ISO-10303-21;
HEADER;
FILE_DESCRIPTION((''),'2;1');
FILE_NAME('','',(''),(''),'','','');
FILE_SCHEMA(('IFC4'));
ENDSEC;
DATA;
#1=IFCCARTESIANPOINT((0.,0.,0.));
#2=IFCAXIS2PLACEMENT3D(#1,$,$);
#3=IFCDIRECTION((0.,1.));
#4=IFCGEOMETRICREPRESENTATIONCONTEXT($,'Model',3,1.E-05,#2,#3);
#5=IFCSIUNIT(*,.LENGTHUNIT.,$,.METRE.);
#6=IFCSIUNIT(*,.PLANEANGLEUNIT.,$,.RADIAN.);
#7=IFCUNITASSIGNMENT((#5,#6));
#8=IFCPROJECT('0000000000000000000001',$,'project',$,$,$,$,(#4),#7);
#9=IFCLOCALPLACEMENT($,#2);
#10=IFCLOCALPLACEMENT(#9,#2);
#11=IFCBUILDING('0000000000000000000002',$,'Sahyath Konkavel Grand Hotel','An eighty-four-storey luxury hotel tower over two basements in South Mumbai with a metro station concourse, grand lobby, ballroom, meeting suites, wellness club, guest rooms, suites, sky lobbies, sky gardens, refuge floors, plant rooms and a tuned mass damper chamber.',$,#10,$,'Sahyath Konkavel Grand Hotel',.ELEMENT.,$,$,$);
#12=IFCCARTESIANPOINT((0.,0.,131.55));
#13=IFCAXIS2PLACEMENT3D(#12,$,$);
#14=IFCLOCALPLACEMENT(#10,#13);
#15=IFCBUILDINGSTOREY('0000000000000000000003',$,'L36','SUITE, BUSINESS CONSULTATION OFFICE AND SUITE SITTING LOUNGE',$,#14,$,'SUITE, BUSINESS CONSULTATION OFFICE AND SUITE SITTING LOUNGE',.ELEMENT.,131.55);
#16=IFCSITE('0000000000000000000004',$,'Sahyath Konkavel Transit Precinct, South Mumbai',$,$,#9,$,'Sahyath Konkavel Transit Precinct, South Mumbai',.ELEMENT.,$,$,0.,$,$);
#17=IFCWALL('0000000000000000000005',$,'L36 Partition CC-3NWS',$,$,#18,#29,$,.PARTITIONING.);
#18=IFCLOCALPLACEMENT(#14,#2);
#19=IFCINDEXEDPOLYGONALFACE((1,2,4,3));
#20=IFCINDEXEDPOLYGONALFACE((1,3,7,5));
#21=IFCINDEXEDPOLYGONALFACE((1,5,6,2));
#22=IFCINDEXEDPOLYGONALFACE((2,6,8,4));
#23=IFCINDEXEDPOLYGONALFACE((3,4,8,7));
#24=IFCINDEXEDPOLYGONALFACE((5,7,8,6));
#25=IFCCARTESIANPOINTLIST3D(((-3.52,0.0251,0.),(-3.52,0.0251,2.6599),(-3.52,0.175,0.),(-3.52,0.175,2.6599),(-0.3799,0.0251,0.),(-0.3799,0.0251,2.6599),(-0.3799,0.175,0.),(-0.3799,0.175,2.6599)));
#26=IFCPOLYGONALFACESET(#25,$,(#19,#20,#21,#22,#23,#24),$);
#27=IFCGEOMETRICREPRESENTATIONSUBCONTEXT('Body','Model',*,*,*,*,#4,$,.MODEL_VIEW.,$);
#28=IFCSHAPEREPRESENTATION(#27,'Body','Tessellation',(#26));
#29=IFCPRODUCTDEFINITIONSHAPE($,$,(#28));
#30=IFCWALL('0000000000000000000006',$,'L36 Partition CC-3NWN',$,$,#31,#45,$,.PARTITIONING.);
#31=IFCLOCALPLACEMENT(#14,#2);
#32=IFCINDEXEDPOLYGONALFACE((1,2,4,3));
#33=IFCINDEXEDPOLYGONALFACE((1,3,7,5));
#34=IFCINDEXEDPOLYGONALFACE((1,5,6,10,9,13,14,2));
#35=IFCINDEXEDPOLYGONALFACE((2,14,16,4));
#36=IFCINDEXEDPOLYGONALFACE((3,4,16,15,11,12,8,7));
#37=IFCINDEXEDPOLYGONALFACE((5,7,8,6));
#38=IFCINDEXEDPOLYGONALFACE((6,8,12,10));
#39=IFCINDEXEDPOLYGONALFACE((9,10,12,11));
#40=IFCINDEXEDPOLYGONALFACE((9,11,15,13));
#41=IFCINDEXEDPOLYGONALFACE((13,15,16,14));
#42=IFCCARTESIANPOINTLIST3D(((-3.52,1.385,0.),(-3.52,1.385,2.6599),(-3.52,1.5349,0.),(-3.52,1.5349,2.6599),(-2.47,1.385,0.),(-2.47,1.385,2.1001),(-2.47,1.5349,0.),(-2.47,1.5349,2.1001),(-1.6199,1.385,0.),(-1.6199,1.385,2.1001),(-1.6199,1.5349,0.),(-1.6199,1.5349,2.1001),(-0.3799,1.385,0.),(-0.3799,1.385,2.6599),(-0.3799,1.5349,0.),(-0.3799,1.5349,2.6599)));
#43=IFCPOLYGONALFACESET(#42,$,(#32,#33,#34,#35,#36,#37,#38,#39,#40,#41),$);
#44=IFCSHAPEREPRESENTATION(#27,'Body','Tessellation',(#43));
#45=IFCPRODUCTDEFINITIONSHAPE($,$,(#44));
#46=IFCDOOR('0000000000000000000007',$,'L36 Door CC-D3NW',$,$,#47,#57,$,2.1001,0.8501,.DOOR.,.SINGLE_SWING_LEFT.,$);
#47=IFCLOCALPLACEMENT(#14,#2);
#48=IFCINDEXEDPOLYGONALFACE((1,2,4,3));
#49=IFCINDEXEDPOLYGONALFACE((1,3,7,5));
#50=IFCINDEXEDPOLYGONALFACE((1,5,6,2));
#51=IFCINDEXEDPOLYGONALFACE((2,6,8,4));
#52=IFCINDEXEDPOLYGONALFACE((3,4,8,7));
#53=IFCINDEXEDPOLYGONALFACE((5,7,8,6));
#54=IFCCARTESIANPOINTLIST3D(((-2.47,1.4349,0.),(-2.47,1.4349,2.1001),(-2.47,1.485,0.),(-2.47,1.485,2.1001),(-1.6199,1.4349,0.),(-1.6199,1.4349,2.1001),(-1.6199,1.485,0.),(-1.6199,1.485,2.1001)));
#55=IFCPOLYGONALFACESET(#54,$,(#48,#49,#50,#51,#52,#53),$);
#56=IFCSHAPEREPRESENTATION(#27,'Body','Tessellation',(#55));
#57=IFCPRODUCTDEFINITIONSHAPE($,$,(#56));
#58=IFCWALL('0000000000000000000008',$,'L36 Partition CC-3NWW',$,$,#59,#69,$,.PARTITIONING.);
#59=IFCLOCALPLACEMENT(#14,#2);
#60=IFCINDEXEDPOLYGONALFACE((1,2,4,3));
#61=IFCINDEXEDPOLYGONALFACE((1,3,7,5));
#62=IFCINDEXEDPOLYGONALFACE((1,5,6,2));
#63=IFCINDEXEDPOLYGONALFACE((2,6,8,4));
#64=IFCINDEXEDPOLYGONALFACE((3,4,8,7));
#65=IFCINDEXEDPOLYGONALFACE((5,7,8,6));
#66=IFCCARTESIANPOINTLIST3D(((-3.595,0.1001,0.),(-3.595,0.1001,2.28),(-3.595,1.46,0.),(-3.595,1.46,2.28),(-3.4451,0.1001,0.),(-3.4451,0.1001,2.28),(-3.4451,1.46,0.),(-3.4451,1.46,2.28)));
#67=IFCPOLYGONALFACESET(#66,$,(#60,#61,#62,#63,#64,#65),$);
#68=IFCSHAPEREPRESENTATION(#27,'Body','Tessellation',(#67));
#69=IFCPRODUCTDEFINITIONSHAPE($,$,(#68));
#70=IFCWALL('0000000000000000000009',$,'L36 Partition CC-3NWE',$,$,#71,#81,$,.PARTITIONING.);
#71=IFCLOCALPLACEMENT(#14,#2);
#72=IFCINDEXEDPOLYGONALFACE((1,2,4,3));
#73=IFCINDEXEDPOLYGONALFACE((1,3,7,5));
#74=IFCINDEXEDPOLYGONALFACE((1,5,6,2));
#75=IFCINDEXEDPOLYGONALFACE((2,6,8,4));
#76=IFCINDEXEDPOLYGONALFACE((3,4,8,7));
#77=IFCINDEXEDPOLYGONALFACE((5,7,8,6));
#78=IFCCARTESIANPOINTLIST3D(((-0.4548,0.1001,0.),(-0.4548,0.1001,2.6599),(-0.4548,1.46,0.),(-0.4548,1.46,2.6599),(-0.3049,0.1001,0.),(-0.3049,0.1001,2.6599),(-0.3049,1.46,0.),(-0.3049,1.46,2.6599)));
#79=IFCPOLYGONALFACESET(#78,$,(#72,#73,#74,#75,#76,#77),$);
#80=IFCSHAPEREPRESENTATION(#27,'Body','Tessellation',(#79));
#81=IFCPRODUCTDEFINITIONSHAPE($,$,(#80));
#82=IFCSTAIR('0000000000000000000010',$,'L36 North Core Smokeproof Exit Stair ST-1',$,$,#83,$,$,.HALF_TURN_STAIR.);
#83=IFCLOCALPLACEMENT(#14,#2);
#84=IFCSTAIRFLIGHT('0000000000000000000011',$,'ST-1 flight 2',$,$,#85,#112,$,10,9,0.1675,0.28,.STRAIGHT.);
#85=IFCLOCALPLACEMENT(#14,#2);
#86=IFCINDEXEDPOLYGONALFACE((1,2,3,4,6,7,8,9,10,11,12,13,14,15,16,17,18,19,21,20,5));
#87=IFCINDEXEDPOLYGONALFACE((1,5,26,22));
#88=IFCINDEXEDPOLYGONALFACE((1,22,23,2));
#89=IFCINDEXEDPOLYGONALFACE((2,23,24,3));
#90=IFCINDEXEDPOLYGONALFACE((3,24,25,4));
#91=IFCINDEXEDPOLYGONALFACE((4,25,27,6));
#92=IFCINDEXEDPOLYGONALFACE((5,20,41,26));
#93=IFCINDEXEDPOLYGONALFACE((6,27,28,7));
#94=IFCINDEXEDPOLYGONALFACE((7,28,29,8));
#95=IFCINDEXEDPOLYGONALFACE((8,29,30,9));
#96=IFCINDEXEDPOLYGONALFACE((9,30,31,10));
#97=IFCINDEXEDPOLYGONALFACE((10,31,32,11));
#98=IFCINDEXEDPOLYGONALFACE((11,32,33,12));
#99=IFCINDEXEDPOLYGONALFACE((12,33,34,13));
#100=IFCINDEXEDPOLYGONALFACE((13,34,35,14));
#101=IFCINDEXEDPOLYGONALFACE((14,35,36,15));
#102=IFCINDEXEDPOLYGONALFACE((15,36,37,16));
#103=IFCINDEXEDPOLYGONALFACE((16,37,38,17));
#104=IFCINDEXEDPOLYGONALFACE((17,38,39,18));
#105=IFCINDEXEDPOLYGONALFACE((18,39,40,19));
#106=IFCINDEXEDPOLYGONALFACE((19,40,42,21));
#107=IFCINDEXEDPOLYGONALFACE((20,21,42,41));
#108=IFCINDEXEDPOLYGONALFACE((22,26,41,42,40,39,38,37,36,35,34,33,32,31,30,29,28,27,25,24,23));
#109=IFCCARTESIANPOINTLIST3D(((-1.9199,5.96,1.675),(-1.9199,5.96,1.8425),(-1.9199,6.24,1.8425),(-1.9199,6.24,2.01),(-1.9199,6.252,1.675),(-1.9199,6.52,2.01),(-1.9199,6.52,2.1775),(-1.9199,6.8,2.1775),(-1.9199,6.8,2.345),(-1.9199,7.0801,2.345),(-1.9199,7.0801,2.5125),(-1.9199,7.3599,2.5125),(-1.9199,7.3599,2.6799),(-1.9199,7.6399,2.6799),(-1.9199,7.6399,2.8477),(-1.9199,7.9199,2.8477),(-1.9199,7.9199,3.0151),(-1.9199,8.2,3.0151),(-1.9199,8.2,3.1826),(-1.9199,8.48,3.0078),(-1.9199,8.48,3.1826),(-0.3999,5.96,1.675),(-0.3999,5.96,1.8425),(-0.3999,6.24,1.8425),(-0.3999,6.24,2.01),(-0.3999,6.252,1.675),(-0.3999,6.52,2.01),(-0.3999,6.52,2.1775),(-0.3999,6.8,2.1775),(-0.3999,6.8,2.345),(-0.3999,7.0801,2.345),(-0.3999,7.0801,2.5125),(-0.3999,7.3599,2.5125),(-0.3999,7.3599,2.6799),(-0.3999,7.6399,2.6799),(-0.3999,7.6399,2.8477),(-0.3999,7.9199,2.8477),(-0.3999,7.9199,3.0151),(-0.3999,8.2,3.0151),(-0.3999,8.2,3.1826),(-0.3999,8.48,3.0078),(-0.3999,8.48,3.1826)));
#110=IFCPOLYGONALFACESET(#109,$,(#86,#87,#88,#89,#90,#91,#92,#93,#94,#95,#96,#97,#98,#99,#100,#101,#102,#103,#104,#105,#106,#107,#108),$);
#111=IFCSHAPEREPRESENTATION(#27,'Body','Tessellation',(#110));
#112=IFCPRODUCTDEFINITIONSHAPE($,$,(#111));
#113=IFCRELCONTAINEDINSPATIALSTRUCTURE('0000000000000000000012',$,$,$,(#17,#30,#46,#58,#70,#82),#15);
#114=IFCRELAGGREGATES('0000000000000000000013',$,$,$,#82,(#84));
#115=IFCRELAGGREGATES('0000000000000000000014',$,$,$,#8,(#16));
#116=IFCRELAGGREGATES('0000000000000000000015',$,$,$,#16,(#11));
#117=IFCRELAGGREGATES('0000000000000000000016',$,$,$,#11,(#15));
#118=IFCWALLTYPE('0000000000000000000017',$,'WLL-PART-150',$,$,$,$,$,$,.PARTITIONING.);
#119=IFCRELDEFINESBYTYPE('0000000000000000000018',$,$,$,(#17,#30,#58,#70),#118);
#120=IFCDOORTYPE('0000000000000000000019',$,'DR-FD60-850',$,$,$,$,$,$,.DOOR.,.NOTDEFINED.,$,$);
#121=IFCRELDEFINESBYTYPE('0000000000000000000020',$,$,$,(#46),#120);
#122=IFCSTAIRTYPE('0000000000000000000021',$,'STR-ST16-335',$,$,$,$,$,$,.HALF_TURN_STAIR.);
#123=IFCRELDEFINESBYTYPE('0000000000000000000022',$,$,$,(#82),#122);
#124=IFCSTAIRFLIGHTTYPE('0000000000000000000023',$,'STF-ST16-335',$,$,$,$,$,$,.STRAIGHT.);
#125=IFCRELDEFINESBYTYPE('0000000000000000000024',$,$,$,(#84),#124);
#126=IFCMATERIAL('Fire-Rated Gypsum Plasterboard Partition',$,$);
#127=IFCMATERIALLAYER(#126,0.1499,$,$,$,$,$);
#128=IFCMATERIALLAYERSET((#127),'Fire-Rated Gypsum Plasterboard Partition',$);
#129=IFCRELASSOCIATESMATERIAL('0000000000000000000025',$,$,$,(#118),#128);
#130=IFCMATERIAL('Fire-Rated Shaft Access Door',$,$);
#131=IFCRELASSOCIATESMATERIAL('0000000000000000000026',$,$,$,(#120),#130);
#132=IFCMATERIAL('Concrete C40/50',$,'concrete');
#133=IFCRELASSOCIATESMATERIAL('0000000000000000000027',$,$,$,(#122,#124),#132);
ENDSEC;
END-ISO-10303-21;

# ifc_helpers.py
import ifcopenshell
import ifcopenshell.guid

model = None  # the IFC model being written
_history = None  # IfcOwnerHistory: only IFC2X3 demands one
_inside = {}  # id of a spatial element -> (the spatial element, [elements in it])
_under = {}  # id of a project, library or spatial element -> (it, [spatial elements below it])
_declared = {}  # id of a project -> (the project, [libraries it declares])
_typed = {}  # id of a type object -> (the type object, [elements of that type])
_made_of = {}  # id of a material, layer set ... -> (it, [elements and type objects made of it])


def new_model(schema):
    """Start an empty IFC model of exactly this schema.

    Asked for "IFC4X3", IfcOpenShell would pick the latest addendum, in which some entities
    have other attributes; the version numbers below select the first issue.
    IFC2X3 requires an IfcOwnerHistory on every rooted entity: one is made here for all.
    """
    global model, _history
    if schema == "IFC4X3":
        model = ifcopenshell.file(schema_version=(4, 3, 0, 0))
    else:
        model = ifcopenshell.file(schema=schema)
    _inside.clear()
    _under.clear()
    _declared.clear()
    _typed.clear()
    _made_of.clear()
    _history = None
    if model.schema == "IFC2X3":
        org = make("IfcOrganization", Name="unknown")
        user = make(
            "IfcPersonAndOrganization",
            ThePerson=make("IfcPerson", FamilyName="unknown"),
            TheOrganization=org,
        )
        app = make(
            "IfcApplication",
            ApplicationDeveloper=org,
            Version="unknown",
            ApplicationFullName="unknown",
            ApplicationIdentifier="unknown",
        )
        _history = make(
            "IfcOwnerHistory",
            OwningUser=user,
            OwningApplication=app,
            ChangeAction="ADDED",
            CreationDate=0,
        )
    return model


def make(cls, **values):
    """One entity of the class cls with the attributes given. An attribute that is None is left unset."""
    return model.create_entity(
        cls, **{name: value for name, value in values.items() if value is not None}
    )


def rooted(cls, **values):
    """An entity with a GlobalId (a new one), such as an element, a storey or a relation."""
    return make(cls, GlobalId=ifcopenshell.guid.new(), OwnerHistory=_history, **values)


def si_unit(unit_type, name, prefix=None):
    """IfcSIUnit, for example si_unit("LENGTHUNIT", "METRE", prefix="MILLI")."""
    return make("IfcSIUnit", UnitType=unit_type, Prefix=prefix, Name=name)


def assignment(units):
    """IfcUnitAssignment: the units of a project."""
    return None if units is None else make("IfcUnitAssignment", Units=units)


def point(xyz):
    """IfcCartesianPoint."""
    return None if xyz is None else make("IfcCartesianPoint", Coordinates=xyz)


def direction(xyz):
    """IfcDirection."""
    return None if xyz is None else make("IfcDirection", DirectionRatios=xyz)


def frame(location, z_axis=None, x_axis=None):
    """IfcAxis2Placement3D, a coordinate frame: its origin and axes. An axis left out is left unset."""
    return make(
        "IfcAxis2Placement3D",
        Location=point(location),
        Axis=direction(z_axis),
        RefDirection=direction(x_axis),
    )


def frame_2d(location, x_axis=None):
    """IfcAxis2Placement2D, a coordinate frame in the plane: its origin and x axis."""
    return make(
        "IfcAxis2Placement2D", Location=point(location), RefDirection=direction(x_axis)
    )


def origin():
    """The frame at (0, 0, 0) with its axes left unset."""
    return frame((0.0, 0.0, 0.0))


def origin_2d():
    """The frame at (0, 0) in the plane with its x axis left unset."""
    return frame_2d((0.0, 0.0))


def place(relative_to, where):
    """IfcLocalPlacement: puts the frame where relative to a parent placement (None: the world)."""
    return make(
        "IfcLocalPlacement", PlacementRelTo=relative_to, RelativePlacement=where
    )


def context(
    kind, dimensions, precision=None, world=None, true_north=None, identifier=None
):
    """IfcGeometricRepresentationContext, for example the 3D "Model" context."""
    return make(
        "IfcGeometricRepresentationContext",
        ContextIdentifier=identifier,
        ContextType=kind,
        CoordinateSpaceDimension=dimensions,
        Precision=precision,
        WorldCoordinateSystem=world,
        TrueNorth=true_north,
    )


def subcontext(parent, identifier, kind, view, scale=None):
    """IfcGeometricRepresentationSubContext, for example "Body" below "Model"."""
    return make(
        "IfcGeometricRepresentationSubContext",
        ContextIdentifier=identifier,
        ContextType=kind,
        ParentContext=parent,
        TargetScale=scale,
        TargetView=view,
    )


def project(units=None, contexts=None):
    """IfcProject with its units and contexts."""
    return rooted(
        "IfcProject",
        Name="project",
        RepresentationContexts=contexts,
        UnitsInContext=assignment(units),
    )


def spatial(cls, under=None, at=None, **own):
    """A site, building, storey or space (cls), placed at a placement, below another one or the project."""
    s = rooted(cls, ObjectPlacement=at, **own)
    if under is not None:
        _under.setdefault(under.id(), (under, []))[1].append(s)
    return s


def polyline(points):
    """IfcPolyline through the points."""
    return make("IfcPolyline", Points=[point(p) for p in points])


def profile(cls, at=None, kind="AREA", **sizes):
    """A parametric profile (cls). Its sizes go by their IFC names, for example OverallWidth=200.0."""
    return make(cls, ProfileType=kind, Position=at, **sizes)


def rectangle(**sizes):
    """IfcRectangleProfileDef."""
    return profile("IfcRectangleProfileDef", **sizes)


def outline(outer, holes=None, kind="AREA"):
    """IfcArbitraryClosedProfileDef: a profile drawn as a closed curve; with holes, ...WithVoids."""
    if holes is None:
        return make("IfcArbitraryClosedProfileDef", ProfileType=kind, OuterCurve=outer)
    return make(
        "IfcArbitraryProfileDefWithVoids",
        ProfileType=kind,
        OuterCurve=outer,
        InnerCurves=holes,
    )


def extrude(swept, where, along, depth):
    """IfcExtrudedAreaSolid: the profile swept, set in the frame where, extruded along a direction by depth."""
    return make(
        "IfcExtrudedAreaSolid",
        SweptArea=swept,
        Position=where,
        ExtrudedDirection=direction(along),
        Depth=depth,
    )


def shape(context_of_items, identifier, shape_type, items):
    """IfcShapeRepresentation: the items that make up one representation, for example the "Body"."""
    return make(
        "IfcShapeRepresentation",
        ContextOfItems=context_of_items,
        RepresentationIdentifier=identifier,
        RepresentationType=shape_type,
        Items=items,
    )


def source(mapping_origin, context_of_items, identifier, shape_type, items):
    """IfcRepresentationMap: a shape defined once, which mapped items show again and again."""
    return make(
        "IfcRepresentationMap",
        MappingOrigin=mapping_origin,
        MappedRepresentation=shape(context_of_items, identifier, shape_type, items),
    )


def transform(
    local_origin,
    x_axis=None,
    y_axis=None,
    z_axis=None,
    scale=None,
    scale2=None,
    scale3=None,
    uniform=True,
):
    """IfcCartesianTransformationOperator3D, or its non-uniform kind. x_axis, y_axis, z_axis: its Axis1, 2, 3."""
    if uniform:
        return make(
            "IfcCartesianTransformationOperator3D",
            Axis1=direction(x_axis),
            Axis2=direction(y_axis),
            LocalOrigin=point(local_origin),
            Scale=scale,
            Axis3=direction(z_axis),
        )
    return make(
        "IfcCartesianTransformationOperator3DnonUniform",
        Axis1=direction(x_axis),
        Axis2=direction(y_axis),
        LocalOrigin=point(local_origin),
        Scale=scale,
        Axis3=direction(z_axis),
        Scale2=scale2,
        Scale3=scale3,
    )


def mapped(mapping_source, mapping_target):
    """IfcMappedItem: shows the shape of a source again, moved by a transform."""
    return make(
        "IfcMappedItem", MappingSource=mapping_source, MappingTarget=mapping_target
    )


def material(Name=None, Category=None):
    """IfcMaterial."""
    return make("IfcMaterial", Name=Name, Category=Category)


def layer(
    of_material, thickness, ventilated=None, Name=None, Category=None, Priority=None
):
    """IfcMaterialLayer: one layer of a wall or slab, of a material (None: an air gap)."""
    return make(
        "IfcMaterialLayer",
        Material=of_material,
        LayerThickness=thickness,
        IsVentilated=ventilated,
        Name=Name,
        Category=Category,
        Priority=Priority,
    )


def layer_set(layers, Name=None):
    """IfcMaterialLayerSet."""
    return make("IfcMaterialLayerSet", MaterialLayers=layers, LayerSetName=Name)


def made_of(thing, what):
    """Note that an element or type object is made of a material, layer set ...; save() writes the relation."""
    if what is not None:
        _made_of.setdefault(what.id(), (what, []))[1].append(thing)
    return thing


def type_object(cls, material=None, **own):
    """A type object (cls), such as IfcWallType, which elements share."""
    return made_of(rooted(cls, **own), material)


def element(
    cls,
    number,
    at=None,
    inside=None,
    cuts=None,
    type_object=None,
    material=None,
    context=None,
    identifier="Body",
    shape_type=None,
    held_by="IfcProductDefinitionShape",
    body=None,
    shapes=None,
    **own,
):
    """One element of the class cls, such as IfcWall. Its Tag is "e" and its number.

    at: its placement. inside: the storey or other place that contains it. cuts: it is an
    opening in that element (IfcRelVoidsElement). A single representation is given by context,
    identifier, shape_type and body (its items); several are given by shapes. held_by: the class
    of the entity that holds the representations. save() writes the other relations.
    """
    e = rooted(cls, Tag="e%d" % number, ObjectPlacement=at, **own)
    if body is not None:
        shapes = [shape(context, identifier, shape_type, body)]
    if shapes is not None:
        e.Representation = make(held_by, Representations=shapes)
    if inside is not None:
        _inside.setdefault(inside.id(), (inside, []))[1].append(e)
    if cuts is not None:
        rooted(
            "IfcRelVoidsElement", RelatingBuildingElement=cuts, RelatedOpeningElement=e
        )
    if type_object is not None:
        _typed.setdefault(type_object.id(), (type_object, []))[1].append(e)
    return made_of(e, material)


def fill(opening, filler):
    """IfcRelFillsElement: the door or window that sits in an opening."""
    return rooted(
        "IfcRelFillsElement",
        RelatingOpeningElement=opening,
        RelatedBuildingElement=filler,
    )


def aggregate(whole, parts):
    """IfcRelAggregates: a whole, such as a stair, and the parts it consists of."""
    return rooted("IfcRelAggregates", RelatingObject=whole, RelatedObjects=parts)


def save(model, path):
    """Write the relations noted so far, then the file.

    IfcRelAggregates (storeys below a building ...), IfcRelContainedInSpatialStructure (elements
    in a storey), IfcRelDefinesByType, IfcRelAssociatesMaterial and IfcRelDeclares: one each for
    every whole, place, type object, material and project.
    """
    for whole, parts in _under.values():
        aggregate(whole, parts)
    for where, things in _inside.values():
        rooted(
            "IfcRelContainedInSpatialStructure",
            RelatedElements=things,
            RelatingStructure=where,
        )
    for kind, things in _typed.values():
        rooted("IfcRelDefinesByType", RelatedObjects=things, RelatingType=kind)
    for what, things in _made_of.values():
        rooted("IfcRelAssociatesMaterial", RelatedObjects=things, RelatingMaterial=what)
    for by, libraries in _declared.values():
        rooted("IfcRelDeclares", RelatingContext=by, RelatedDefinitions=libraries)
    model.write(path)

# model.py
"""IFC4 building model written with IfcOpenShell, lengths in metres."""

from ifc_helpers import new_model, si_unit, direction, frame, frame_2d, origin, origin_2d, place, context, subcontext, project, spatial, polyline, rectangle, outline, extrude, source, transform, mapped, material, layer, layer_set, type_object, element, fill, aggregate, save


model = new_model("IFC4")

# Units and contexts
model_context = context("Model", 3, precision=1e-05, world=origin(), true_north=direction((0.0, 1.0)))
body_context = subcontext(model_context, "Body", "Model", "MODEL_VIEW")
ifc_project = project(units=[si_unit("LENGTHUNIT", "METRE"), si_unit("PLANEANGLEUNIT", "RADIAN")], contexts=[model_context])

# Site, building, storey
site_placement = place(None, origin())
site = spatial("IfcSite", under=ifc_project, at=site_placement, Name="Sahyath Konkavel Transit Precinct, South Mumbai", LongName="Sahyath Konkavel Transit Precinct, South Mumbai", CompositionType="ELEMENT", RefElevation=0.0)
building_placement = place(site_placement, origin())
building = spatial("IfcBuilding", under=site, at=building_placement, Name="Sahyath Konkavel Grand Hotel", Description="An eighty-four-storey luxury hotel tower over two basements in South Mumbai with a metro station concourse, grand lobby, ballroom, meeting suites, wellness club, guest rooms, suites, sky lobbies, sky gardens, refuge floors, plant rooms and a tuned mass damper chamber.", LongName="Sahyath Konkavel Grand Hotel", CompositionType="ELEMENT")
storey_placement = place(building_placement, frame((0.0, 0.0, 131.55)))
storey = spatial("IfcBuildingStorey", under=building, at=storey_placement, Name="L36", Description="SUITE, BUSINESS CONSULTATION OFFICE AND SUITE SITTING LOUNGE", LongName="SUITE, BUSINESS CONSULTATION OFFICE AND SUITE SITTING LOUNGE", CompositionType="ELEMENT", Elevation=131.55)

# Wall
ifc_material_1 = material(Name="Concrete C40/50", Category="concrete")
ifc_material_2 = material(Name="Fire-Rated Gypsum Plasterboard Partition")
ifc_layer_1 = layer(ifc_material_2, 0.1499)
ifc_layer_set_1 = layer_set([ifc_layer_1], Name="Fire-Rated Gypsum Plasterboard Partition")
wall_type_1 = type_object("IfcWallType", Name="WLL-PART-150", PredefinedType="PARTITIONING", material=ifc_layer_set_1)
wall_1_placement = place(storey_placement, frame((-3.52, 0.1001, 0.0), z_axis=(0.0, 0.0, 1.0), x_axis=(1.0, 0.0, 0.0)))
element("IfcWall", 1, at=wall_1_placement, inside=storey, type_object=wall_type_1, Name="L36 Partition CC-3NWS", PredefinedType="PARTITIONING", context=body_context, shape_type="SweptSolid", body=[
    extrude(rectangle(XDim=3.1401, YDim=0.1499, at=frame_2d((1.5701, 0.0))), origin(), (0.0, 0.0, 1.0), 2.6599),
])

# Wall, opening, door
wall_2_placement = place(storey_placement, frame((-3.52, 1.46, 0.0), z_axis=(0.0, 0.0, 1.0), x_axis=(1.0, 0.0, 0.0)))
wall_2 = element("IfcWall", 2, at=wall_2_placement, inside=storey, type_object=wall_type_1, Name="L36 Partition CC-3NWN", PredefinedType="PARTITIONING", context=body_context, shape_type="SweptSolid", body=[
    extrude(rectangle(XDim=3.1401, YDim=0.1499, at=frame_2d((1.5701, 0.0))), origin(), (0.0, 0.0, 1.0), 2.6599),
])
opening_placement = place(wall_2_placement, frame((1.05, 0.0, 0.0)))
opening = element("IfcOpeningElement", 3, at=opening_placement, cuts=wall_2, PredefinedType="OPENING", context=body_context, shape_type="SweptSolid", body=[
    extrude(rectangle(XDim=0.8501, YDim=2.1001, at=frame_2d((0.425, 1.05))), frame((0.0, 0.085, 0.0), z_axis=(0.0, -1.0, 0.0), x_axis=(1.0, 0.0, 0.0)), (0.0, 0.0, 1.0), 0.1699),
])
ifc_material_3 = material(Name="Fire-Rated Shaft Access Door")
door_type = type_object("IfcDoorType", Name="DR-FD60-850", OperationType="NOTDEFINED", PredefinedType="DOOR", material=ifc_material_3)
shared_shape_1 = source(origin(), body_context, "Body", "SweptSolid", [
    extrude(rectangle(XDim=0.8501, YDim=0.05, at=origin_2d()), origin(), (0.0, 0.0, 1.0), 2.1001),
])
door_placement = place(opening_placement, frame((0.425, 0.0, 0.0)))
door = element("IfcDoor", 4, at=door_placement, inside=storey, type_object=door_type, Name="L36 Door CC-D3NW", OperationType="SINGLE_SWING_LEFT", OverallHeight=2.1001, OverallWidth=0.8501, PredefinedType="DOOR", context=body_context, shape_type="MappedRepresentation", body=[
    mapped(shared_shape_1, transform((0.0, 0.0, 0.0), scale=1.0)),
])
fill(opening, door)

# Walls
wall_3_placement = place(storey_placement, frame((-3.52, 0.1001, 0.0), z_axis=(0.0, 0.0, 1.0), x_axis=(0.0, 1.0, 0.0)))
element("IfcWall", 5, at=wall_3_placement, inside=storey, type_object=wall_type_1, Name="L36 Partition CC-3NWW", PredefinedType="PARTITIONING", context=body_context, shape_type="SweptSolid", body=[
    extrude(rectangle(XDim=1.3599, YDim=0.1499, at=frame_2d((0.6799, 0.0))), origin(), (0.0, 0.0, 1.0), 2.28),
])
wall_4_placement = place(storey_placement, frame((-0.3799, 0.1001, 0.0), z_axis=(0.0, 0.0, 1.0), x_axis=(0.0, 1.0, 0.0)))
element("IfcWall", 6, at=wall_4_placement, inside=storey, type_object=wall_type_1, Name="L36 Partition CC-3NWE", PredefinedType="PARTITIONING", context=body_context, shape_type="SweptSolid", body=[
    extrude(rectangle(XDim=1.3599, YDim=0.1499, at=frame_2d((0.6799, 0.0))), origin(), (0.0, 0.0, 1.0), 2.6599),
])

# Stair, stair flight
stair_type = type_object("IfcStairType", Name="STR-ST16-335", PredefinedType="HALF_TURN_STAIR", material=ifc_material_1)
stair_placement = place(storey_placement, origin())
stair = element("IfcStair", 7, at=stair_placement, inside=storey, type_object=stair_type, Name="L36 North Core Smokeproof Exit Stair ST-1", PredefinedType="HALF_TURN_STAIR")
stair_flight_type = type_object("IfcStairFlightType", Name="STF-ST16-335", PredefinedType="STRAIGHT", material=ifc_material_1)
stair_flight_placement = place(storey_placement, frame((-1.1599, 5.96, 1.675), z_axis=(0.0, 0.0, 1.0), x_axis=(0.0, 1.0, 0.0)))
stair_flight = element("IfcStairFlight", 8, at=stair_flight_placement, type_object=stair_flight_type, Name="ST-1 flight 2", NumberOfRisers=10, NumberOfTreads=9, PredefinedType="STRAIGHT", RiserHeight=0.1675, TreadLength=0.28, context=body_context, shape_type="SweptSolid", body=[
    extrude(outline(polyline([(0.0, 0.0), (0.0, 0.1675), (0.28, 0.1675), (0.28, 0.335), (0.5601, 0.335), (0.5601, 0.5024), (0.8401, 0.5024), (0.8401, 0.6699), (1.1201, 0.6699), (1.1201, 0.8374), (1.3999, 0.8374), (1.3999, 1.0049), (1.6799, 1.0049), (1.6799, 1.1726), (1.96, 1.1726), (1.96, 1.3401), (2.24, 1.3401), (2.24, 1.5076), (2.52, 1.5076), (2.52, 1.675), (2.52, 1.3328), (0.292, 0.0), (0.0, 0.0)])), frame((0.0, 0.76, 0.0), z_axis=(0.0, -1.0, 0.0), x_axis=(1.0, 0.0, 0.0)), (0.0, 0.0, 1.0), 1.52),
])
aggregate(stair, [stair_flight])

save(model, "model.ifc")
